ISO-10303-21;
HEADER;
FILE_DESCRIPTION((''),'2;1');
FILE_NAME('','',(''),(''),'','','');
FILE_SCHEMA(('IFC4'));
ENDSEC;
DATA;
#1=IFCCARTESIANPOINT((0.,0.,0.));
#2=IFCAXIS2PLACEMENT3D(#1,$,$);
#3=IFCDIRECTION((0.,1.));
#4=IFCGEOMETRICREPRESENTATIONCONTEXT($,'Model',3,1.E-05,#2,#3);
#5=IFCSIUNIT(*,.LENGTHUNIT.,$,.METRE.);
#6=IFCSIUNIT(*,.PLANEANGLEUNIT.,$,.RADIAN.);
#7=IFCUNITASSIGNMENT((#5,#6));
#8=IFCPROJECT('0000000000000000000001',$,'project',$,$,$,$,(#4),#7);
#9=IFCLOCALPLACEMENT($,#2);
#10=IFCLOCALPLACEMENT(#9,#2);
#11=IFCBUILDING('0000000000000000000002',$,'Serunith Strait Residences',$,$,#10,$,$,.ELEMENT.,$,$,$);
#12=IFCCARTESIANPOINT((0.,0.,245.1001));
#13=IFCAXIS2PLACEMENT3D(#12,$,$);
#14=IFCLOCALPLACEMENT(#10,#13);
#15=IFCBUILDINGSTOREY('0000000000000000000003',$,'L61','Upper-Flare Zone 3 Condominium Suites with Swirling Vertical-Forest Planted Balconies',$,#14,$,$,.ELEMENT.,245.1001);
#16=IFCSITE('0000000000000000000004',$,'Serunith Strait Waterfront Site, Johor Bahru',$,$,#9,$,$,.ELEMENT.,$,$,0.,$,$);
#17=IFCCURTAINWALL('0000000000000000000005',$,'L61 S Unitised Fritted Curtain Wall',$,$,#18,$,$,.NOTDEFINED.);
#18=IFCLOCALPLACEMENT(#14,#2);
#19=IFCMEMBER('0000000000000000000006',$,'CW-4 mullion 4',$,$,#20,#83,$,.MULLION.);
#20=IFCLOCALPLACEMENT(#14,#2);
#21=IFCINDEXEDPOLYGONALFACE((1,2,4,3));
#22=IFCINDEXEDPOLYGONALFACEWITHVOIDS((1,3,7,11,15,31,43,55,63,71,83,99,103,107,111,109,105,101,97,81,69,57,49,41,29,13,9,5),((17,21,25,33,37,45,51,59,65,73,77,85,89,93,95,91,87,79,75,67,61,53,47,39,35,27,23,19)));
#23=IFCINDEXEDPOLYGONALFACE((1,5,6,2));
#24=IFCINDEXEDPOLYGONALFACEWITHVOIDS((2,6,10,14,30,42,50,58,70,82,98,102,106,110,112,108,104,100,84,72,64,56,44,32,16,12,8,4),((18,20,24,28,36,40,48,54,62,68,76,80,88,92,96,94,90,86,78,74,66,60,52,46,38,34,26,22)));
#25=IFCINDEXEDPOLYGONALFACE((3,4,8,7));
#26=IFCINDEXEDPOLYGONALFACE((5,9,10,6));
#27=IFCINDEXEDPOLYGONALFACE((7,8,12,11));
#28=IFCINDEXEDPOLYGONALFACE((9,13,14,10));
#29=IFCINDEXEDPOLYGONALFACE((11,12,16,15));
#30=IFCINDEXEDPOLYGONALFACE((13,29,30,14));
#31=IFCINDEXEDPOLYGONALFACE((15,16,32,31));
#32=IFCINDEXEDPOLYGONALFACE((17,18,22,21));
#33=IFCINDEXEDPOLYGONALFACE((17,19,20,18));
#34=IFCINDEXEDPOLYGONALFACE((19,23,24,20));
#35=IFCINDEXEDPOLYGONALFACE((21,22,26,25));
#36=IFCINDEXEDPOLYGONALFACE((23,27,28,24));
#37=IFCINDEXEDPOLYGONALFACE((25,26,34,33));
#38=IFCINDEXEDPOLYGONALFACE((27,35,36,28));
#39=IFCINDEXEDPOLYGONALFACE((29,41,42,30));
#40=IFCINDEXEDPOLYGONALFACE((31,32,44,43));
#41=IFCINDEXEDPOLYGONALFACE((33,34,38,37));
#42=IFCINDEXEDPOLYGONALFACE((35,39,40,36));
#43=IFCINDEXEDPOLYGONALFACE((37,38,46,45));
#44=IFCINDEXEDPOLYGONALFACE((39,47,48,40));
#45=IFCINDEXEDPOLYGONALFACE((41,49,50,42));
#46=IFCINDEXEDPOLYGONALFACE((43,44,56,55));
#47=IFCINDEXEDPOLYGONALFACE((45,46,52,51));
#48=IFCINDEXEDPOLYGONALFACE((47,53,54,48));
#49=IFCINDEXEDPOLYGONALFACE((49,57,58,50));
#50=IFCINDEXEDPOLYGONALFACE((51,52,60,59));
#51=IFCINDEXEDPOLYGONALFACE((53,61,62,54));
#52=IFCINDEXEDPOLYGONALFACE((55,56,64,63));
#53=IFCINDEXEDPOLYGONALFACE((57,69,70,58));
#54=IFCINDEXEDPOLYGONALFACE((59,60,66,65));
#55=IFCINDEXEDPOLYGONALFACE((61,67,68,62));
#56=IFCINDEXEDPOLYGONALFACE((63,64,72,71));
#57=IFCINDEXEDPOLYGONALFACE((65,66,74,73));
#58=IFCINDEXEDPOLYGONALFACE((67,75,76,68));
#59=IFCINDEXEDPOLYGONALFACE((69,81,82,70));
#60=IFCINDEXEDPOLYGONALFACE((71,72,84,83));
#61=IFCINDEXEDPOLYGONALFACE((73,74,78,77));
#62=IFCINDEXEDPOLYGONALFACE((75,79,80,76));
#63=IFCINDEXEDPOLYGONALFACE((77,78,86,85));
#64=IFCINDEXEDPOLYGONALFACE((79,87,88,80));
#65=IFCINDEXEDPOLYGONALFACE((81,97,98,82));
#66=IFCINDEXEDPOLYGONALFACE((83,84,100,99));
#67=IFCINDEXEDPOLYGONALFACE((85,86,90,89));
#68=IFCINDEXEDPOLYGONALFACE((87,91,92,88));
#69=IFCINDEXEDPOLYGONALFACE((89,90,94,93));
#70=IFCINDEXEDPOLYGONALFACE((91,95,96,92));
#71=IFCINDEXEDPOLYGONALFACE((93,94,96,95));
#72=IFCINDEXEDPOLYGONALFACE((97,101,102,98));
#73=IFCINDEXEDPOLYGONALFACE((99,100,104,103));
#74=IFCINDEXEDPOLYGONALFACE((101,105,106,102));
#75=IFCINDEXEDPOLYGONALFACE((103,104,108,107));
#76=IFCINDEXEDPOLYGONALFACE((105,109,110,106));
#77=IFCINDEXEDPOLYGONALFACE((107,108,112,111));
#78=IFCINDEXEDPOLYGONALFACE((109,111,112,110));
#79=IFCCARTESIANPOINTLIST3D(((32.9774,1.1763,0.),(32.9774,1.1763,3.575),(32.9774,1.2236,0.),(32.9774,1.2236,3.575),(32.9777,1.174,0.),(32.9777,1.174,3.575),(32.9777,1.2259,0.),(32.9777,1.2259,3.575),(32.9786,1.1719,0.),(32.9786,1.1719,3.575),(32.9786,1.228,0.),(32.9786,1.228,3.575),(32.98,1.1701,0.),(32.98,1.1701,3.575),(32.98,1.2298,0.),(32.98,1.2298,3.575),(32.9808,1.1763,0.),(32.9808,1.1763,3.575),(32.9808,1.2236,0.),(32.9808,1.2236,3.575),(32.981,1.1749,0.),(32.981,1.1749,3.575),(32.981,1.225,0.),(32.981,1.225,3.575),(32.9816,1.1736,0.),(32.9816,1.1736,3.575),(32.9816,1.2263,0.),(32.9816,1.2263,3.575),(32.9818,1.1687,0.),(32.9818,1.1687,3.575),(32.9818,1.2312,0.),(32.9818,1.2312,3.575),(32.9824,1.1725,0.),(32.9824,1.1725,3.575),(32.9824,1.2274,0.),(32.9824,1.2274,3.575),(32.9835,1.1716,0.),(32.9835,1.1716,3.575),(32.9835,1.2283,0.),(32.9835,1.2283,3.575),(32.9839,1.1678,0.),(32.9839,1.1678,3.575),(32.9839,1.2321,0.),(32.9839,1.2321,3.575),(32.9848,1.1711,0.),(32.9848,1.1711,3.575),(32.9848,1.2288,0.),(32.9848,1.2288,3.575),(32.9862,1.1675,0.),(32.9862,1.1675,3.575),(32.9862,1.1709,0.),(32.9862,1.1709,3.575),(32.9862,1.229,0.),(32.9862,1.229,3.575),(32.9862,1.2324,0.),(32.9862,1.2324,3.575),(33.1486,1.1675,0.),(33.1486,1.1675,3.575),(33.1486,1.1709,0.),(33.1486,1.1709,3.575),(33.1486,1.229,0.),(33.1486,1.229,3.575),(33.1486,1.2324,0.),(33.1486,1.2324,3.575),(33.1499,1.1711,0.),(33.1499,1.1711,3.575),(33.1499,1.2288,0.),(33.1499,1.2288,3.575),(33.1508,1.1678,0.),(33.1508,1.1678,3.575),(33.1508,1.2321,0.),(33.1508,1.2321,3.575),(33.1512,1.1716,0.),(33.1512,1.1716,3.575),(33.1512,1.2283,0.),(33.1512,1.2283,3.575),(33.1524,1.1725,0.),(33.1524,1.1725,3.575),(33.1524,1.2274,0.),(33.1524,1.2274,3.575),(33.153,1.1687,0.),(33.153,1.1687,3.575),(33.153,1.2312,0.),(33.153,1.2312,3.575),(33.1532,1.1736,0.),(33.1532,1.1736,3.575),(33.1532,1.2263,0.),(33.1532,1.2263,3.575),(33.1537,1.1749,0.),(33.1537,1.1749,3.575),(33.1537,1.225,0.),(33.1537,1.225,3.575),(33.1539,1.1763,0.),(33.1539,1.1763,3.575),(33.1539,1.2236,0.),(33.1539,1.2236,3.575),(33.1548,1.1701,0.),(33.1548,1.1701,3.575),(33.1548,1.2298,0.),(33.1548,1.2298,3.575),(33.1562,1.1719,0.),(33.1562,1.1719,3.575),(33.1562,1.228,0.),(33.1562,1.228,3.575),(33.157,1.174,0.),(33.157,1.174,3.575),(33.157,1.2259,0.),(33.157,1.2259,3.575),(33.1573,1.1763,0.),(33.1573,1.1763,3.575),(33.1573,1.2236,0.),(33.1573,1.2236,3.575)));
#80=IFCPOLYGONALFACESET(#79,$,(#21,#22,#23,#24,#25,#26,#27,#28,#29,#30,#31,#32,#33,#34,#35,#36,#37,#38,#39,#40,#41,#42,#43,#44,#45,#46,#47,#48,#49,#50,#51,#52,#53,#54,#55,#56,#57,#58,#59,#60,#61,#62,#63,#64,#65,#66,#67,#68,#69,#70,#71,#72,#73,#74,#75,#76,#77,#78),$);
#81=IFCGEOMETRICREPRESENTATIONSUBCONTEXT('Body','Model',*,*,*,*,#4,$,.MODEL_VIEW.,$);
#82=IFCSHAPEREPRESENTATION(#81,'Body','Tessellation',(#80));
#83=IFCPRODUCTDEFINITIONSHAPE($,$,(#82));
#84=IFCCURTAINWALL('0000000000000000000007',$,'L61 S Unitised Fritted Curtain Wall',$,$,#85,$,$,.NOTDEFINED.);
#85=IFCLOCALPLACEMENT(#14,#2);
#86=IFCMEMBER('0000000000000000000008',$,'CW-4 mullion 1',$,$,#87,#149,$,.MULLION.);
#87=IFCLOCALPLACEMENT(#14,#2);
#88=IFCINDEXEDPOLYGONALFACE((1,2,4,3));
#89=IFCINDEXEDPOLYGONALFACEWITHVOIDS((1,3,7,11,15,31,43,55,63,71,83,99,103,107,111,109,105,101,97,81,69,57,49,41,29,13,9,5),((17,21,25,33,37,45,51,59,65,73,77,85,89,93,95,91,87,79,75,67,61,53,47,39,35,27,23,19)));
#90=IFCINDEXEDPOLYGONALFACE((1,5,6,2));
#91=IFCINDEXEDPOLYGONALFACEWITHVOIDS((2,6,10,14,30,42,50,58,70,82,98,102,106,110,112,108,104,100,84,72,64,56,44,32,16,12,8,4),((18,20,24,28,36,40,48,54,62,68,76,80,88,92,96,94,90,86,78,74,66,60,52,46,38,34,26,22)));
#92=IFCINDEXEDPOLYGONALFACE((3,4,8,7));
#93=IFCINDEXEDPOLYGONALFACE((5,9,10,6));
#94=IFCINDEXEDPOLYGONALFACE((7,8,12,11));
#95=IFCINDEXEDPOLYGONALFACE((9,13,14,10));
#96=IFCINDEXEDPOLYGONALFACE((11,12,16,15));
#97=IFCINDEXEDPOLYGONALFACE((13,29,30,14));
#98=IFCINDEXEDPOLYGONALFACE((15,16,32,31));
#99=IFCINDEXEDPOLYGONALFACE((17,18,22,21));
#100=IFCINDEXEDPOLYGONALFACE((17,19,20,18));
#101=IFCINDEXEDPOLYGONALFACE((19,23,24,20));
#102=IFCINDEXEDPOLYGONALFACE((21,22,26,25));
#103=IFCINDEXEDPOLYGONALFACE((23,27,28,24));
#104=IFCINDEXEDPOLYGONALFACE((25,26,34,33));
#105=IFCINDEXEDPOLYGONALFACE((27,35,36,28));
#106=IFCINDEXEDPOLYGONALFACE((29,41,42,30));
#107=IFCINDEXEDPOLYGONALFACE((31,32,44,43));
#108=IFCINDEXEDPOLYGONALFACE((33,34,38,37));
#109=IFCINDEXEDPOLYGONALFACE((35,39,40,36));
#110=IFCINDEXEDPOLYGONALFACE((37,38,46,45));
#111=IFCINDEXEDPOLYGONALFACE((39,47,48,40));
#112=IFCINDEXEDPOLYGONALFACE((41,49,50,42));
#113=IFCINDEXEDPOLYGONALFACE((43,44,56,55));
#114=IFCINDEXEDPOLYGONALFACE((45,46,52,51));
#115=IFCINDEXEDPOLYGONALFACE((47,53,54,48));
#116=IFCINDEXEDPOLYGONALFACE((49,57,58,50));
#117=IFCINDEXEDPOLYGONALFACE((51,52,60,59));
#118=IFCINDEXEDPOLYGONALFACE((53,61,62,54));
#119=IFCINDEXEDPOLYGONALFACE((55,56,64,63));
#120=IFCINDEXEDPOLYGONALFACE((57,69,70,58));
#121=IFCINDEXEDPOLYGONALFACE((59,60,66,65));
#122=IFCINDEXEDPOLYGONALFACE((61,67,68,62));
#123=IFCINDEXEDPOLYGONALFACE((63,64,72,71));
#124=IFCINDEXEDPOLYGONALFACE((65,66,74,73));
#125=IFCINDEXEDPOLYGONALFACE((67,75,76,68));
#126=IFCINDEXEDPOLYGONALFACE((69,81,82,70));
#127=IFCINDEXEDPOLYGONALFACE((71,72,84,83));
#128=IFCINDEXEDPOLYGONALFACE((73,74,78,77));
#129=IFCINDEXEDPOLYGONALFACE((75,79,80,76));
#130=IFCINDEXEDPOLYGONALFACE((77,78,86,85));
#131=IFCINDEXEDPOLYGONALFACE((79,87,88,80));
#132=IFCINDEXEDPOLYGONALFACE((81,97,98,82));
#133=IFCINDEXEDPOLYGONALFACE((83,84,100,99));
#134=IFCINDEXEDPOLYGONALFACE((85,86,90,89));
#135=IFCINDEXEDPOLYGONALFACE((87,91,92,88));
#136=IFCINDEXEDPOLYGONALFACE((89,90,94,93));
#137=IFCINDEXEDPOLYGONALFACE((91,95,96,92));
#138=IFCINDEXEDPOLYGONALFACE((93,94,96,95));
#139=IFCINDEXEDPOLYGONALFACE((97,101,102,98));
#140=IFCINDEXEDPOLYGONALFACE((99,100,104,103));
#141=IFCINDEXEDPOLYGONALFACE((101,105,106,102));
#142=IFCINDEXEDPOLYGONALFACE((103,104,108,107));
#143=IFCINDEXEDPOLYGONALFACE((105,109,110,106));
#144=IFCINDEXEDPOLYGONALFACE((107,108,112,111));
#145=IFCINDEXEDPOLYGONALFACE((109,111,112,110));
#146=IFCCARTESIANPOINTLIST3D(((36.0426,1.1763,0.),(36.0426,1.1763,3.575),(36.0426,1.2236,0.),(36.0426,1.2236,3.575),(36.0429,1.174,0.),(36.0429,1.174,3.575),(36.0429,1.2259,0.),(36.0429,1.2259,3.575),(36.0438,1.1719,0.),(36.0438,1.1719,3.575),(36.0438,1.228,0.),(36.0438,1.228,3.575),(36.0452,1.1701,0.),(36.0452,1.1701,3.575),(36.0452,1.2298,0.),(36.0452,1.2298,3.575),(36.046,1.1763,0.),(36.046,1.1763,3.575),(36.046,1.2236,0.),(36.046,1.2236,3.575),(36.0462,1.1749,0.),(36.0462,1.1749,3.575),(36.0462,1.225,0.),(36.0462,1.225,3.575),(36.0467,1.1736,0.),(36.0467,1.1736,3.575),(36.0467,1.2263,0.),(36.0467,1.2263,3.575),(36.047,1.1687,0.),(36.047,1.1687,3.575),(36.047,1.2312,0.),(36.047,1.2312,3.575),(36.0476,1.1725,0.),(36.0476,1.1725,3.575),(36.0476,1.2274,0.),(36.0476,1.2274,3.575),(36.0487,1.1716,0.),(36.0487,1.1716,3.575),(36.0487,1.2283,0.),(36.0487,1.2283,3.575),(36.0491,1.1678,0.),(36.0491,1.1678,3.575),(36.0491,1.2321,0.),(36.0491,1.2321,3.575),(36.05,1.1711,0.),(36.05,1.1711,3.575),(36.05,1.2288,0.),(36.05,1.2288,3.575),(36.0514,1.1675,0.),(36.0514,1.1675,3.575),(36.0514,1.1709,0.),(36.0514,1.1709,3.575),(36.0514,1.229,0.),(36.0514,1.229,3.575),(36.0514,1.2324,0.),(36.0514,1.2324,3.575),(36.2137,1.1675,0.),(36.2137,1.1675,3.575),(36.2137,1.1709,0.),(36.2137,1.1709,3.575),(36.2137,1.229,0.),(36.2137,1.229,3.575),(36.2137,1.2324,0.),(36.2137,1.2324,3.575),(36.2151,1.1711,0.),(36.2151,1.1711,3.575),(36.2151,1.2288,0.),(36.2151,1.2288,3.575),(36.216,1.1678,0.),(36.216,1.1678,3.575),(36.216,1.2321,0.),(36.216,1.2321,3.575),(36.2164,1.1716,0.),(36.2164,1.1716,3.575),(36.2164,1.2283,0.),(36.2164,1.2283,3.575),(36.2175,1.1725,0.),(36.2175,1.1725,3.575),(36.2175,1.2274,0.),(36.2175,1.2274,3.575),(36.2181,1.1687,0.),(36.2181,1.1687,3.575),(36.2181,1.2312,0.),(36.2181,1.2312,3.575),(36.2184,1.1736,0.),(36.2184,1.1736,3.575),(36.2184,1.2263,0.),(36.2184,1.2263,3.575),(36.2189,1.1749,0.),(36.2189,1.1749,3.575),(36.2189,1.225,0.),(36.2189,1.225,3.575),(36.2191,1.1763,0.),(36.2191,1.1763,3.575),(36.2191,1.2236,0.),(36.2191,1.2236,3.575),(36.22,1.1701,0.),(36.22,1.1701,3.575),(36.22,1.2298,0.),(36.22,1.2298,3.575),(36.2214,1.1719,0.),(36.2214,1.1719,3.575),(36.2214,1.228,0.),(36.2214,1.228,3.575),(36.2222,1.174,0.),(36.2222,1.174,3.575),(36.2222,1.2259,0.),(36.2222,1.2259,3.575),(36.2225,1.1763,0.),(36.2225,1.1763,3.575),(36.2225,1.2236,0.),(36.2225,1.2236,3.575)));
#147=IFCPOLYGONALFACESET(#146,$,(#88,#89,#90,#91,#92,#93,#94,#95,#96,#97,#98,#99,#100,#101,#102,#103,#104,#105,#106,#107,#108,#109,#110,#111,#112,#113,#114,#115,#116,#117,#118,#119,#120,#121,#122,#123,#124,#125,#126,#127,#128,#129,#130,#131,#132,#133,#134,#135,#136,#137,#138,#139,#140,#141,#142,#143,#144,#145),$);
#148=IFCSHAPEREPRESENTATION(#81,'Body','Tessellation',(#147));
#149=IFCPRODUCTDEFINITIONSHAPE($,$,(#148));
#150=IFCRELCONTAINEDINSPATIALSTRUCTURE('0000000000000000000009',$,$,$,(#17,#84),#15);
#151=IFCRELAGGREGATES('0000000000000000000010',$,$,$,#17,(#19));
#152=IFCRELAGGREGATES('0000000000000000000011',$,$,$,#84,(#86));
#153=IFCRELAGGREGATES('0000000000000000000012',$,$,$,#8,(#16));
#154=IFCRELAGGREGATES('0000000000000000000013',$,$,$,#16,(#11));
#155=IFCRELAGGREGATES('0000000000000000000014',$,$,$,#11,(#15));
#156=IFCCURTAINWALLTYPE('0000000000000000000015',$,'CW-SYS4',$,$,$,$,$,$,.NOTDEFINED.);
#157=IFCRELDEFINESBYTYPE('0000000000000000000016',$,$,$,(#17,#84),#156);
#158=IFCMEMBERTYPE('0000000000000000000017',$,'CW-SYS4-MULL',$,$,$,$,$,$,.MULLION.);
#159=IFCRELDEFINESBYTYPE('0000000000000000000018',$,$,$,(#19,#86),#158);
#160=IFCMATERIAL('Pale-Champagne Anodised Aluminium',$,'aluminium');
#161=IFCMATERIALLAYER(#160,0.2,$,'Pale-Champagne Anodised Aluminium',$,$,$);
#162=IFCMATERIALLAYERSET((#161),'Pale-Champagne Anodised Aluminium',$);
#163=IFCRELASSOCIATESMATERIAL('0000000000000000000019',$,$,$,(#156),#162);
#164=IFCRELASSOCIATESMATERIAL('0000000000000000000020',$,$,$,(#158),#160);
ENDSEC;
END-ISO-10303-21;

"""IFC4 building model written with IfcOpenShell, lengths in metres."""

from ifc_helpers import new_model, si_unit, direction, frame, origin, origin_2d, place, context, subcontext, project, spatial, hollow_rectangle, extrude, source, transform, mapped, material, layer, layer_set, material_profile, profile_set, type_object, element, aggregate, save


model = new_model("IFC4")

# Units and contexts
model_context = context("Model", 3, precision=1e-05, world=origin(), true_north=direction((0.0, 1.0)))
body_context = subcontext(model_context, "Body", "Model", "MODEL_VIEW")
ifc_project = project(units=[si_unit("LENGTHUNIT", "METRE"), si_unit("PLANEANGLEUNIT", "RADIAN")], contexts=[model_context])

# Site, building, storey
site_placement = place(None, origin())
site = spatial("IfcSite", under=ifc_project, at=site_placement, Name="Serunith Strait Waterfront Site, Johor Bahru", CompositionType="ELEMENT", RefElevation=0.0)
building_placement = place(site_placement, origin())
building = spatial("IfcBuilding", under=site, at=building_placement, Name="Serunith Strait Residences", CompositionType="ELEMENT")
storey_placement = place(building_placement, frame((0.0, 0.0, 245.1001)))
storey = spatial("IfcBuildingStorey", under=building, at=storey_placement, Name="L61", Description="Upper-Flare Zone 3 Condominium Suites with Swirling Vertical-Forest Planted Balconies", CompositionType="ELEMENT", Elevation=245.1001)

# Curtain wall, member
ifc_material_1 = material(Name="Pale-Champagne Anodised Aluminium", Category="aluminium")
ifc_layer_1 = layer(ifc_material_1, 0.2, Name="Pale-Champagne Anodised Aluminium")
ifc_layer_set_1 = layer_set([ifc_layer_1], Name="Pale-Champagne Anodised Aluminium")
curtain_wall_type = type_object("IfcCurtainWallType", Name="CW-SYS4", PredefinedType="NOTDEFINED", material=ifc_layer_set_1)
curtain_wall_1_placement = place(storey_placement, origin())
curtain_wall_1 = element("IfcCurtainWall", 1, at=curtain_wall_1_placement, inside=storey, type_object=curtain_wall_type, Name="L61 S Unitised Fritted Curtain Wall", PredefinedType="NOTDEFINED")
ifc_material_profile_1 = material_profile(ifc_material_1, hollow_rectangle(XDim=0.0649, YDim=0.1799, WallThickness=0.0034, InnerFilletRadius=0.0054, OuterFilletRadius=0.0088, at=origin_2d()), Name="ALU 180x65x3.5")
ifc_profile_set_1 = profile_set([ifc_material_profile_1], Name="Pale-Champagne Anodised Aluminium")
member_type_1 = type_object("IfcMemberType", Name="CW-SYS4-MULL", PredefinedType="MULLION", material=ifc_profile_set_1)
shared_shape_1 = source(origin(), body_context, "Body", "SweptSolid", [
    extrude(hollow_rectangle(XDim=0.0649, YDim=0.1799, WallThickness=0.0034, InnerFilletRadius=0.0054, OuterFilletRadius=0.0088, at=origin_2d()), origin(), (0.0, 0.0, 1.0), 3.575),
])
member_1_placement = place(storey_placement, frame((33.0674, 1.2, 0.0), z_axis=(0.0, 0.0, 1.0), x_axis=(0.0, 1.0, 0.0)))
member_1 = element("IfcMember", 2, at=member_1_placement, type_object=member_type_1, Name="CW-4 mullion 4", PredefinedType="MULLION", context=body_context, shape_type="MappedRepresentation", body=[
    mapped(shared_shape_1, transform((0.0, 0.0, 0.0), scale=1.0)),
])
aggregate(curtain_wall_1, [member_1])

# Curtain wall, member
curtain_wall_2_placement = place(storey_placement, origin())
curtain_wall_2 = element("IfcCurtainWall", 3, at=curtain_wall_2_placement, inside=storey, type_object=curtain_wall_type, Name="L61 S Unitised Fritted Curtain Wall", PredefinedType="NOTDEFINED")
member_2_placement = place(storey_placement, frame((36.1326, 1.2, 0.0), z_axis=(0.0, 0.0, 1.0), x_axis=(0.0, 1.0, 0.0)))
member_2 = element("IfcMember", 4, at=member_2_placement, type_object=member_type_1, Name="CW-4 mullion 1", PredefinedType="MULLION", context=body_context, shape_type="MappedRepresentation", body=[
    mapped(shared_shape_1, transform((0.0, 0.0, 0.0), scale=1.0)),
])
aggregate(curtain_wall_2, [member_2])

save(model, "model.ifc")
